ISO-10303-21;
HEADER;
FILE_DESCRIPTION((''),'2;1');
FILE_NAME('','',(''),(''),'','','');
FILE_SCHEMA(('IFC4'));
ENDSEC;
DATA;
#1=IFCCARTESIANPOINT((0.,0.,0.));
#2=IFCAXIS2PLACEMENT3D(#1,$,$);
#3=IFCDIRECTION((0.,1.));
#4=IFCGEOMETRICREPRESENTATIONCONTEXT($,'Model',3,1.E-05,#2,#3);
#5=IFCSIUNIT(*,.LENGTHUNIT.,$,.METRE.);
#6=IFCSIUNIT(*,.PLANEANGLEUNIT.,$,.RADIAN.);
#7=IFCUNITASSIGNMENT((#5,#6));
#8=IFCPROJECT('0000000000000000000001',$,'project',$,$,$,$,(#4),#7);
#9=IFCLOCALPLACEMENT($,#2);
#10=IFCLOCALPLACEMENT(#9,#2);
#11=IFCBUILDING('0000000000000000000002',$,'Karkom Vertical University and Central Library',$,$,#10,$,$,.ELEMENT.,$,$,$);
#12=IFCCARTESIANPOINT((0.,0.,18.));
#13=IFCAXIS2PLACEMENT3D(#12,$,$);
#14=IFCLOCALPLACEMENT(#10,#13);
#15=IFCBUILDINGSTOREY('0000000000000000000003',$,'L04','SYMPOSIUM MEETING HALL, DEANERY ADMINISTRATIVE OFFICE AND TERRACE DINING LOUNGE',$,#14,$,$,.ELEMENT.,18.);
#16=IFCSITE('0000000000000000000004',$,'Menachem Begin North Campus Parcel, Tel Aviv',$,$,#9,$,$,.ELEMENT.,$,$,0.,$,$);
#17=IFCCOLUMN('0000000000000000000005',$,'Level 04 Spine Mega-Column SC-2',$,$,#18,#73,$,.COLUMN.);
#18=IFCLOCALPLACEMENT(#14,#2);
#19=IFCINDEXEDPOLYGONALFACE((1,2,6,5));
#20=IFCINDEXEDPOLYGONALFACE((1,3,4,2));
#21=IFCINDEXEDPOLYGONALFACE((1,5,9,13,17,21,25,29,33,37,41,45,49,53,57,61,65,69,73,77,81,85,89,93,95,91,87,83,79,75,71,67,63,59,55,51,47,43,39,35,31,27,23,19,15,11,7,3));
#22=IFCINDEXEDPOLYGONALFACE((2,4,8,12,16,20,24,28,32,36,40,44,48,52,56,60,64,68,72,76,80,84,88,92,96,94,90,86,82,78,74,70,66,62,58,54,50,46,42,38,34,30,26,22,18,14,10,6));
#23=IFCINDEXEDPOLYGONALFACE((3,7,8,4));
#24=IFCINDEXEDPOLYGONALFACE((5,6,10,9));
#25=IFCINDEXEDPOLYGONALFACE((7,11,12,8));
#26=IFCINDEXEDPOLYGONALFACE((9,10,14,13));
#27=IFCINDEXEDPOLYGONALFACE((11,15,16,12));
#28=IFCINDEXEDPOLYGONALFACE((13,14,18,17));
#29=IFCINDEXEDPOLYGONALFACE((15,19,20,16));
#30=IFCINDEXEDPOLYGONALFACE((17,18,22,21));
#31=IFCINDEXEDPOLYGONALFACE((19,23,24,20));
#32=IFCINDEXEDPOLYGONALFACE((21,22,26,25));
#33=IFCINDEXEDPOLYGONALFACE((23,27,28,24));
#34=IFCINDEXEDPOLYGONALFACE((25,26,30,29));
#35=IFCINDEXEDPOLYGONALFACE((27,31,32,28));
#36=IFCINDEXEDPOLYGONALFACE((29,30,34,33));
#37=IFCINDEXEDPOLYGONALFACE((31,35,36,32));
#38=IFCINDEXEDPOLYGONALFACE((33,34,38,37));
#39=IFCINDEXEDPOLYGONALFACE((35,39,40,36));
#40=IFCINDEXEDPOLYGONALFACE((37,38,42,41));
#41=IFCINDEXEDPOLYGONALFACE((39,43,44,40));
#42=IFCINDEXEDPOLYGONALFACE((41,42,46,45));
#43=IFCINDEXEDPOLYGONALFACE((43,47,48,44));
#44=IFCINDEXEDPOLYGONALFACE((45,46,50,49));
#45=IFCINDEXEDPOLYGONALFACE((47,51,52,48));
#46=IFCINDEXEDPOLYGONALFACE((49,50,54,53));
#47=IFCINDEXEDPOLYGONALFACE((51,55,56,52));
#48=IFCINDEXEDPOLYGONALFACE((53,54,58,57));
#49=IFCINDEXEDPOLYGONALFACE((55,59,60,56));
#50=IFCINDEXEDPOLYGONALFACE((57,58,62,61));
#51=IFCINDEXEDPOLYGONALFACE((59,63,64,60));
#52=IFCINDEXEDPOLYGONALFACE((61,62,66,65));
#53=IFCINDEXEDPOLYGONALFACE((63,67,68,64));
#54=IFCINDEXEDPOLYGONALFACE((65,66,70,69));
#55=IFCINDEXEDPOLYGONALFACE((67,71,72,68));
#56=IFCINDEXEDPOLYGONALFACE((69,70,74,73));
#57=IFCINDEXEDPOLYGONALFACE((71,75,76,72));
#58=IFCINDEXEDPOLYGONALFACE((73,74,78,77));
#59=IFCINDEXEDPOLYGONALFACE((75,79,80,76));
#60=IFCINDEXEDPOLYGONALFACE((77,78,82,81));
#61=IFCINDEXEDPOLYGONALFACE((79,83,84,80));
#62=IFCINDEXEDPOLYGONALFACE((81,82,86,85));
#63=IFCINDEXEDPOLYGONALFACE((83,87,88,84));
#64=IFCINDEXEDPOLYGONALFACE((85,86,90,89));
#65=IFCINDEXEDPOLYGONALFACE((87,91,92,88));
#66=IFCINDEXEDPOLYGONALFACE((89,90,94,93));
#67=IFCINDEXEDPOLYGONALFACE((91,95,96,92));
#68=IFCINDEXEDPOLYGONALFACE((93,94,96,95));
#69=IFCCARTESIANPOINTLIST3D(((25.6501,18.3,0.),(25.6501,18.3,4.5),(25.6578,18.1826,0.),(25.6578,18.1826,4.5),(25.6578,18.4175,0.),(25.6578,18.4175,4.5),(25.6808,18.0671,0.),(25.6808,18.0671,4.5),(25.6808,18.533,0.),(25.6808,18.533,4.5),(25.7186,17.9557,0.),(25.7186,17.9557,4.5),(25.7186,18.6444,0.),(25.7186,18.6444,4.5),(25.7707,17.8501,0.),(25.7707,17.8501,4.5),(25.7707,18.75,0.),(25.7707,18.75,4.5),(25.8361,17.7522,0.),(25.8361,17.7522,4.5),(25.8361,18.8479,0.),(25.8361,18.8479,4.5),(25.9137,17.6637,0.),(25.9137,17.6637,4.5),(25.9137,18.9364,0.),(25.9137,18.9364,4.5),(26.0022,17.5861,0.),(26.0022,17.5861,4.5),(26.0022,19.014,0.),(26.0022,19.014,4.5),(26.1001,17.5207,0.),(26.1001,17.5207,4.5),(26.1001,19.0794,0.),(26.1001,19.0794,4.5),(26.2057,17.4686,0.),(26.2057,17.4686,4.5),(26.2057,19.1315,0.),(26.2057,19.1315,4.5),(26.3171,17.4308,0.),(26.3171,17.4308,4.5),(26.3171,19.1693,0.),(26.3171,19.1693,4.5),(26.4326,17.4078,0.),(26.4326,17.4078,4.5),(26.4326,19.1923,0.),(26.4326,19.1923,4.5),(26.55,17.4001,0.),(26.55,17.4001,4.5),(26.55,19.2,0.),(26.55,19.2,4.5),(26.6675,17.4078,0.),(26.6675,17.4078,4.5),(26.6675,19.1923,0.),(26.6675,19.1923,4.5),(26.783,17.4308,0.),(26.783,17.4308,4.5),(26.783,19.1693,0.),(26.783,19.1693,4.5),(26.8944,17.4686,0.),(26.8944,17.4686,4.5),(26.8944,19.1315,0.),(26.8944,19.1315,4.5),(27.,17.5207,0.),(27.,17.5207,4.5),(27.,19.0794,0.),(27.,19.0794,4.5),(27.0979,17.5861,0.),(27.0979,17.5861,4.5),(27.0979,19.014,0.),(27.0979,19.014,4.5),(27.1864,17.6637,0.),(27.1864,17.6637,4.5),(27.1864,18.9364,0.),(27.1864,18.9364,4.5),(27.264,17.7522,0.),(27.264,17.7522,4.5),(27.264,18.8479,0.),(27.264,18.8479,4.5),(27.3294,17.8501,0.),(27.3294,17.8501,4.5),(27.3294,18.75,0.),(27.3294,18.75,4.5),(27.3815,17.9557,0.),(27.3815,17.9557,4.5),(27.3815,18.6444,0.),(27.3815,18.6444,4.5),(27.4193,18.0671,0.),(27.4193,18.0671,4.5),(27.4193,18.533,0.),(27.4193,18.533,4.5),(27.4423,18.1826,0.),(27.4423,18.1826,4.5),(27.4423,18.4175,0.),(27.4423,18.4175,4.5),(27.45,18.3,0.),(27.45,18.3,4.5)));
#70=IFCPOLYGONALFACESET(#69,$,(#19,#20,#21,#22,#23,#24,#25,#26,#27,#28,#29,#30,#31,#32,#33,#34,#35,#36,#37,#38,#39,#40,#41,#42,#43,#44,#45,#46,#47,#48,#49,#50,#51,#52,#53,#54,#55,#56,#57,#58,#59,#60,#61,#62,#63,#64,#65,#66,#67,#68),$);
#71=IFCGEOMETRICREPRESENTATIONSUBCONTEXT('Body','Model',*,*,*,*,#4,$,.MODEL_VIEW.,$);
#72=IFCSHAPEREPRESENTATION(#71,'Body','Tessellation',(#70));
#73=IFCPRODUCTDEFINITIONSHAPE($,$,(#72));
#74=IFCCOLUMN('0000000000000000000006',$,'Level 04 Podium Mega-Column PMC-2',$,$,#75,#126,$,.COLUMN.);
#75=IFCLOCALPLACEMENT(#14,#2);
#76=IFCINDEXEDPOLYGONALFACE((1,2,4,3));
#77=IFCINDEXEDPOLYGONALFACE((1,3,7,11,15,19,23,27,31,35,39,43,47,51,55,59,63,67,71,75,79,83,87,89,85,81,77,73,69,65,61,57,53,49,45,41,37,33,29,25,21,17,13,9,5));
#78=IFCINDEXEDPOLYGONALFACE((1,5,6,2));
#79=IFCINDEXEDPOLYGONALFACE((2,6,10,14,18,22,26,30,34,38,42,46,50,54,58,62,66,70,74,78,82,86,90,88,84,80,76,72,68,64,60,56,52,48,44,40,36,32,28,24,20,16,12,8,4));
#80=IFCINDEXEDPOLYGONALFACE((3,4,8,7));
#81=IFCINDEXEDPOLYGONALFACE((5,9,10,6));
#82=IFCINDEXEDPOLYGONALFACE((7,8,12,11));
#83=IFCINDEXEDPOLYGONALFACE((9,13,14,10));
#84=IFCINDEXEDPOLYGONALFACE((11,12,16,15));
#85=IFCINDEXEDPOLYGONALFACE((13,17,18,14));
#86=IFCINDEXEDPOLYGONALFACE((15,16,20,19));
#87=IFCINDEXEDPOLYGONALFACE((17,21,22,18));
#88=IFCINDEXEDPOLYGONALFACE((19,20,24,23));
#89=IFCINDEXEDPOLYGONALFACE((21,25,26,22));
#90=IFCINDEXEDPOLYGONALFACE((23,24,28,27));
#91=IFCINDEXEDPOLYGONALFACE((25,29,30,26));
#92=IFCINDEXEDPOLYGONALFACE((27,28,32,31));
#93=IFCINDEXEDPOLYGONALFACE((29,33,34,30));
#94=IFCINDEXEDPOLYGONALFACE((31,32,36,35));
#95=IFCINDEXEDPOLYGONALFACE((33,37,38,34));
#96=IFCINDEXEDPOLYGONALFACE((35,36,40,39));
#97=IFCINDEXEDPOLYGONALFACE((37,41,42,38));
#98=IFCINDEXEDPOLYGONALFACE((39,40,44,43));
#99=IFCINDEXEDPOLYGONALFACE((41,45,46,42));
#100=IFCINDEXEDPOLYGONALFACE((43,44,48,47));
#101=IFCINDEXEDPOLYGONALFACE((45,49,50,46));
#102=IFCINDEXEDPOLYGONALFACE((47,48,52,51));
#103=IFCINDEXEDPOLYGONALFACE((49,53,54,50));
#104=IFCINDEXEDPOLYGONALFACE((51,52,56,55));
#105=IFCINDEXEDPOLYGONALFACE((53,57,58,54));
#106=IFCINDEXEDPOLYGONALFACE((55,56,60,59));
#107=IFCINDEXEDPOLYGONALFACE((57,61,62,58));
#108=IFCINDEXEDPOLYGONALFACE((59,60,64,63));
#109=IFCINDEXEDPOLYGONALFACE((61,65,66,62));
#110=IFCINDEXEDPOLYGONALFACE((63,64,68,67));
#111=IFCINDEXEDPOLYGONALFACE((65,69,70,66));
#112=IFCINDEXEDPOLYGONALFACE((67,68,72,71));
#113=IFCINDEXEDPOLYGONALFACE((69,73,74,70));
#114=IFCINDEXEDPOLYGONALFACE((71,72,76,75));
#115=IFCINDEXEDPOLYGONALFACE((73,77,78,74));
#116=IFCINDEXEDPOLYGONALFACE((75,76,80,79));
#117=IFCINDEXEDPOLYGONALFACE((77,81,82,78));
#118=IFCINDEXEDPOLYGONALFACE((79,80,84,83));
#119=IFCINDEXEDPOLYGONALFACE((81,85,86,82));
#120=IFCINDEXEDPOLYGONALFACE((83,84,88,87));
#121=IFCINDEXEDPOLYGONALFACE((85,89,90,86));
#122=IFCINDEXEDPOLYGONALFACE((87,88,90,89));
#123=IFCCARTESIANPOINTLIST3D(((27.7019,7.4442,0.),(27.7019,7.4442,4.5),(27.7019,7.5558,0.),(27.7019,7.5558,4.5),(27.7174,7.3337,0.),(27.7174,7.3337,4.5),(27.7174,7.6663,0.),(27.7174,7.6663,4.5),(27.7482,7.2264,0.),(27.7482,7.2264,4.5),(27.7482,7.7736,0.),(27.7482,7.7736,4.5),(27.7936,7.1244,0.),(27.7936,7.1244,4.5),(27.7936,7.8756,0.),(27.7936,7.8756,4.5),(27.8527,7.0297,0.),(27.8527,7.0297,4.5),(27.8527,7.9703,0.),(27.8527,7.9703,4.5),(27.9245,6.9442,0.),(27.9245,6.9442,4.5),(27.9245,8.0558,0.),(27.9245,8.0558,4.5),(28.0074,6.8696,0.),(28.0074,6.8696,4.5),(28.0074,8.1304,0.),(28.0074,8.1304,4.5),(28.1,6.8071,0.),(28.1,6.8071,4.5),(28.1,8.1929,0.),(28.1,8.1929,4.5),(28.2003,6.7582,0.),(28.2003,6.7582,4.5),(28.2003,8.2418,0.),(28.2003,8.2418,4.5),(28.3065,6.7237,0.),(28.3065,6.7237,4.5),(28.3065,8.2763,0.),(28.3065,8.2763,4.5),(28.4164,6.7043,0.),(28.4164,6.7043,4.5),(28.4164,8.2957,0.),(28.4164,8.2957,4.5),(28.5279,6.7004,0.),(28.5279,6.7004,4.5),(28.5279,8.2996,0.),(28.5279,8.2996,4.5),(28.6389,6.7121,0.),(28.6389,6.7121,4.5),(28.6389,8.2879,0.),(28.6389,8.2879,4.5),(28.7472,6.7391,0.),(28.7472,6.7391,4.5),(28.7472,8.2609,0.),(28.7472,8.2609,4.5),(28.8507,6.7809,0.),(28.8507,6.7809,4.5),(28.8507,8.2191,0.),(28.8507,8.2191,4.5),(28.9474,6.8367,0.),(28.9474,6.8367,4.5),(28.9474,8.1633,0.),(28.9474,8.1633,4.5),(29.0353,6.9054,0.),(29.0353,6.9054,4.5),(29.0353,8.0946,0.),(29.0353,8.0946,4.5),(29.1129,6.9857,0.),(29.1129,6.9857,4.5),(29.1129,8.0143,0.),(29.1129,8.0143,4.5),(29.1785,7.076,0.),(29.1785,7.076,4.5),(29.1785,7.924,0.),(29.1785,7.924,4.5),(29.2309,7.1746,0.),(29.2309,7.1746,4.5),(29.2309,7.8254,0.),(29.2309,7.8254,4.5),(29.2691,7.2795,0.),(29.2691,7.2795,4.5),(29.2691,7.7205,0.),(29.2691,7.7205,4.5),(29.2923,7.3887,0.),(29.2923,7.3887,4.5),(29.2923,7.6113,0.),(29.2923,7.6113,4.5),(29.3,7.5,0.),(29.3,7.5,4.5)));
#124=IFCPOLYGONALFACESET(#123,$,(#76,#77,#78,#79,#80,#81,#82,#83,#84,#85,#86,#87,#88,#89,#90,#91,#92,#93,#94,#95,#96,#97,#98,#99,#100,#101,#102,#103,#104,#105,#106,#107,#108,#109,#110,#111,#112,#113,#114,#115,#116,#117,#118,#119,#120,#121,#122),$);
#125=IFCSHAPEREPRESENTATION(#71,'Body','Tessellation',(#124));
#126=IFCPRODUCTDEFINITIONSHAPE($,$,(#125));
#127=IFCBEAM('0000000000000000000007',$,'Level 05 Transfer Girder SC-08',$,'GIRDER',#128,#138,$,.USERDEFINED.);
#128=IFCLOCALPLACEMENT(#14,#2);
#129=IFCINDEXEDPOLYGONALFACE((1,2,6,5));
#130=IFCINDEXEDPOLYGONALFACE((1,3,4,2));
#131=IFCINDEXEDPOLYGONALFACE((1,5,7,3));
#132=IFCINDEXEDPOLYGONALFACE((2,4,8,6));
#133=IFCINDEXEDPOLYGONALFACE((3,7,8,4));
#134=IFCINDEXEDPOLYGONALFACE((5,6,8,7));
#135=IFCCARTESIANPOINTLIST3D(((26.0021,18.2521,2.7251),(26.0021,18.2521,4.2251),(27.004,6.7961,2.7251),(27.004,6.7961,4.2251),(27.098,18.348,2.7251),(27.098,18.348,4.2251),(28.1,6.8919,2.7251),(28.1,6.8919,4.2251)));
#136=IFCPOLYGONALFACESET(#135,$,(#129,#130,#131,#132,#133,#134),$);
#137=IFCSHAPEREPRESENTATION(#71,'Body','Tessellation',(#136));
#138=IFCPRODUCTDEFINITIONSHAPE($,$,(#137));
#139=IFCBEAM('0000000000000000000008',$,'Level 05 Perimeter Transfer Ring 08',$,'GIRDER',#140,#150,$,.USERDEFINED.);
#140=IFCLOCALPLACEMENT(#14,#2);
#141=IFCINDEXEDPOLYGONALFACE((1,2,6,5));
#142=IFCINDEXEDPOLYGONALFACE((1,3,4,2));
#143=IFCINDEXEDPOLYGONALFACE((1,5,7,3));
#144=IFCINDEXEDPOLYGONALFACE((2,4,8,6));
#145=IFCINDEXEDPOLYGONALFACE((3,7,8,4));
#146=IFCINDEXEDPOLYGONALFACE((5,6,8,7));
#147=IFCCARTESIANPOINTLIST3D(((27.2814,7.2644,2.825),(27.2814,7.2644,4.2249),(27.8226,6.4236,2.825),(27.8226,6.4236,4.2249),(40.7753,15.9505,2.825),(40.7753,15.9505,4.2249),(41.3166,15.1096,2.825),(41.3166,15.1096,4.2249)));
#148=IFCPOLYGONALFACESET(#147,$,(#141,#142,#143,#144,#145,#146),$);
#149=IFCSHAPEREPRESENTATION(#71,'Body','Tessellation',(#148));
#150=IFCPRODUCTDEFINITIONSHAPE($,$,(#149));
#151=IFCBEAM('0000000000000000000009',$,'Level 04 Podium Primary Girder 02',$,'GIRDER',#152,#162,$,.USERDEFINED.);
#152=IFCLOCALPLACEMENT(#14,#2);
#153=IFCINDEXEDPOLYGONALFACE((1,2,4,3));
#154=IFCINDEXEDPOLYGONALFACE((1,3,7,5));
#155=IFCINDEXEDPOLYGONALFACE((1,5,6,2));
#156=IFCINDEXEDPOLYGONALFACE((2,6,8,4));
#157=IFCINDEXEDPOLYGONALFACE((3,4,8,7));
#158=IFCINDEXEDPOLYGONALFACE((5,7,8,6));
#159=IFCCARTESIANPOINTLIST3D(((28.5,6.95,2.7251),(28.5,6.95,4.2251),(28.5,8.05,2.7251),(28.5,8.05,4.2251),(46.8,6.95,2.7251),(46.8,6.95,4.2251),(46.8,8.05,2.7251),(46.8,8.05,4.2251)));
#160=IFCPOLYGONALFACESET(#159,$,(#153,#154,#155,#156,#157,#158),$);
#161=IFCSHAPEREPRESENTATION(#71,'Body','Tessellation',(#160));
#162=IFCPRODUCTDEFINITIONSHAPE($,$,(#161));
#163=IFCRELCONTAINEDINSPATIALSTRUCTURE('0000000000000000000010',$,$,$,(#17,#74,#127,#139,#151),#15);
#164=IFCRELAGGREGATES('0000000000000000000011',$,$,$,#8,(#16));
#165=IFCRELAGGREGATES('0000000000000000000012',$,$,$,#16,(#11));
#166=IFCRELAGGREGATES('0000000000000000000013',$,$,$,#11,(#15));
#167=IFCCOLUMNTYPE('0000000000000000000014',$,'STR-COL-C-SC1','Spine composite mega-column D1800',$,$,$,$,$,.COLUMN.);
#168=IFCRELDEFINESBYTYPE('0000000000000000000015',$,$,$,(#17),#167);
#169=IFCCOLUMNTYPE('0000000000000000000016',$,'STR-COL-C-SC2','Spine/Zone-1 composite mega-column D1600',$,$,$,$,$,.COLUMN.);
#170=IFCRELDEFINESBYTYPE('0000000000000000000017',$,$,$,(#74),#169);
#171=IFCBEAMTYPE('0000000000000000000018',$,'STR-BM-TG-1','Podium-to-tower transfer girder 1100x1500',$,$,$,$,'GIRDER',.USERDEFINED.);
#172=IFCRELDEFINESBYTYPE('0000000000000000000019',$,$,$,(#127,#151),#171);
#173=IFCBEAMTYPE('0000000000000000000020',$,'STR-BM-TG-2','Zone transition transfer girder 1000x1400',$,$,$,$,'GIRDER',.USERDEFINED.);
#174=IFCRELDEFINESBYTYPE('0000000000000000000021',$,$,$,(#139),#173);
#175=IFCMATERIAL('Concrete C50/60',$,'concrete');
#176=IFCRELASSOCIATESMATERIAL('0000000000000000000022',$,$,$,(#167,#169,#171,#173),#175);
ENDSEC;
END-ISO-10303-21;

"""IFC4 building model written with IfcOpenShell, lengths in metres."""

from ifc_helpers import new_model, si_unit, direction, frame, origin, origin_with_axes, origin_2d, place, context, subcontext, project, spatial, rectangle, circle, extrude, source, transform, mapped, material, material_profile, profile_set, type_object, element, save


model = new_model("IFC4")

# Units and contexts
model_context = context("Model", 3, precision=1e-05, world=origin(), true_north=direction((0.0, 1.0)))
body_context = subcontext(model_context, "Body", "Model", "MODEL_VIEW")
ifc_project = project(units=[si_unit("LENGTHUNIT", "METRE"), si_unit("PLANEANGLEUNIT", "RADIAN")], contexts=[model_context])

# Site, building, storey
site_placement = place(None, origin())
site = spatial("IfcSite", under=ifc_project, at=site_placement, Name="Menachem Begin North Campus Parcel, Tel Aviv", CompositionType="ELEMENT", RefElevation=0.0)
building_placement = place(site_placement, origin())
building = spatial("IfcBuilding", under=site, at=building_placement, Name="Karkom Vertical University and Central Library", CompositionType="ELEMENT")
storey_placement = place(building_placement, frame((0.0, 0.0, 18.0)))
storey = spatial("IfcBuildingStorey", under=building, at=storey_placement, Name="L04", Description="SYMPOSIUM MEETING HALL, DEANERY ADMINISTRATIVE OFFICE AND TERRACE DINING LOUNGE", CompositionType="ELEMENT", Elevation=18.0)

# Columns
ifc_material_1 = material(Name="Concrete C50/60", Category="concrete")
ifc_material_profile_1 = material_profile(ifc_material_1, circle(Radius=0.8999, at=origin_2d()), Name="CFT-D1800")
ifc_profile_set_1 = profile_set([ifc_material_profile_1], Name="Concrete C50/60")
column_type_1 = type_object("IfcColumnType", Name="STR-COL-C-SC1", Description="Spine composite mega-column D1800", PredefinedType="COLUMN", material=ifc_profile_set_1)
shared_shape_1 = source(origin_with_axes(), body_context, "Body", "SweptSolid", [
    extrude(circle(Radius=0.8999, at=origin_2d()), origin(), (0.0, 0.0, 1.0), 4.5),
])
column_1_placement = place(storey_placement, frame((26.55, 18.3, 0.0), z_axis=(0.0, 0.0, 1.0), x_axis=(1.0, 0.0, 0.0)))
element("IfcColumn", 1, at=column_1_placement, inside=storey, type_object=column_type_1, Name="Level 04 Spine Mega-Column SC-2", PredefinedType="COLUMN", context=body_context, shape_type="MappedRepresentation", body=[
    mapped(shared_shape_1, transform((0.0, 0.0, 0.0), scale=1.0)),
])
ifc_material_profile_2 = material_profile(ifc_material_1, circle(Radius=0.8, at=origin_2d()), Name="CFT-D1600")
ifc_profile_set_2 = profile_set([ifc_material_profile_2], Name="Concrete C50/60")
column_type_2 = type_object("IfcColumnType", Name="STR-COL-C-SC2", Description="Spine/Zone-1 composite mega-column D1600", PredefinedType="COLUMN", material=ifc_profile_set_2)
shared_shape_2 = source(origin_with_axes(), body_context, "Body", "SweptSolid", [
    extrude(circle(Radius=0.8, at=origin_2d()), origin(), (0.0, 0.0, 1.0), 4.5),
])
column_2_placement = place(storey_placement, frame((28.5, 7.5, 0.0), z_axis=(0.0, 0.0, 1.0), x_axis=(1.0, 0.0, 0.0)))
element("IfcColumn", 2, at=column_2_placement, inside=storey, type_object=column_type_2, Name="Level 04 Podium Mega-Column PMC-2", PredefinedType="COLUMN", context=body_context, shape_type="MappedRepresentation", body=[
    mapped(shared_shape_2, transform((0.0, 0.0, 0.0), scale=1.0)),
])

# Beams
ifc_material_profile_3 = material_profile(ifc_material_1, rectangle(XDim=1.1001, YDim=1.5, at=origin_2d()), Name="TG-1100x1500")
ifc_profile_set_3 = profile_set([ifc_material_profile_3], Name="Concrete C50/60")
beam_type_1 = type_object("IfcBeamType", Name="STR-BM-TG-1", Description="Podium-to-tower transfer girder 1100x1500", ElementType="GIRDER", PredefinedType="USERDEFINED", material=ifc_profile_set_3)
shared_shape_3 = source(origin_with_axes(), body_context, "Body", "SweptSolid", [
    extrude(rectangle(XDim=1.1001, YDim=1.5, at=origin_2d()), origin(), (0.0, 0.0, 1.0), 11.4998),
])
beam_1_placement = place(storey_placement, frame((26.55, 18.3, 3.4751), z_axis=(0.087128, -0.996197, 0.0), x_axis=(0.996197, 0.087128, 0.0)))
element("IfcBeam", 3, at=beam_1_placement, inside=storey, type_object=beam_type_1, Name="Level 05 Transfer Girder SC-08", ObjectType="GIRDER", PredefinedType="USERDEFINED", context=body_context, shape_type="MappedRepresentation", body=[
    mapped(shared_shape_3, transform((0.0, 0.0, 0.0), scale=1.0)),
])
ifc_material_profile_4 = material_profile(ifc_material_1, rectangle(XDim=1.0, YDim=1.3999, at=origin_2d()), Name="TG-1000x1400")
ifc_profile_set_4 = profile_set([ifc_material_profile_4], Name="Concrete C50/60")
beam_type_2 = type_object("IfcBeamType", Name="STR-BM-TG-2", Description="Zone transition transfer girder 1000x1400", ElementType="GIRDER", PredefinedType="USERDEFINED", material=ifc_profile_set_4)
shared_shape_4 = source(origin_with_axes(), body_context, "Body", "SweptSolid", [
    extrude(rectangle(XDim=1.0, YDim=1.3999, at=origin_2d()), origin(), (0.0, 0.0, 1.0), 16.0479),
])
beam_2_placement = place(storey_placement, frame((27.552, 6.844, 3.5249), z_axis=(0.840856, 0.54126, 0.0), x_axis=(-0.54126, 0.840856, 0.0)))
element("IfcBeam", 4, at=beam_2_placement, inside=storey, type_object=beam_type_2, Name="Level 05 Perimeter Transfer Ring 08", ObjectType="GIRDER", PredefinedType="USERDEFINED", context=body_context, shape_type="MappedRepresentation", body=[
    mapped(shared_shape_4, transform((0.0, 0.0, 0.0), scale=1.0)),
])
shared_shape_5 = source(origin_with_axes(), body_context, "Body", "SweptSolid", [
    extrude(rectangle(XDim=1.1001, YDim=1.5, at=origin_2d()), origin(), (0.0, 0.0, 1.0), 18.3),
])
beam_3_placement = place(storey_placement, frame((28.5, 7.5, 3.4751), z_axis=(1.0, 0.0, 0.0), x_axis=(0.0, 1.0, 0.0)))
element("IfcBeam", 5, at=beam_3_placement, inside=storey, type_object=beam_type_1, Name="Level 04 Podium Primary Girder 02", ObjectType="GIRDER", PredefinedType="USERDEFINED", context=body_context, shape_type="MappedRepresentation", body=[
    mapped(shared_shape_5, transform((0.0, 0.0, 0.0), scale=1.0)),
])

save(model, "model.ifc")
